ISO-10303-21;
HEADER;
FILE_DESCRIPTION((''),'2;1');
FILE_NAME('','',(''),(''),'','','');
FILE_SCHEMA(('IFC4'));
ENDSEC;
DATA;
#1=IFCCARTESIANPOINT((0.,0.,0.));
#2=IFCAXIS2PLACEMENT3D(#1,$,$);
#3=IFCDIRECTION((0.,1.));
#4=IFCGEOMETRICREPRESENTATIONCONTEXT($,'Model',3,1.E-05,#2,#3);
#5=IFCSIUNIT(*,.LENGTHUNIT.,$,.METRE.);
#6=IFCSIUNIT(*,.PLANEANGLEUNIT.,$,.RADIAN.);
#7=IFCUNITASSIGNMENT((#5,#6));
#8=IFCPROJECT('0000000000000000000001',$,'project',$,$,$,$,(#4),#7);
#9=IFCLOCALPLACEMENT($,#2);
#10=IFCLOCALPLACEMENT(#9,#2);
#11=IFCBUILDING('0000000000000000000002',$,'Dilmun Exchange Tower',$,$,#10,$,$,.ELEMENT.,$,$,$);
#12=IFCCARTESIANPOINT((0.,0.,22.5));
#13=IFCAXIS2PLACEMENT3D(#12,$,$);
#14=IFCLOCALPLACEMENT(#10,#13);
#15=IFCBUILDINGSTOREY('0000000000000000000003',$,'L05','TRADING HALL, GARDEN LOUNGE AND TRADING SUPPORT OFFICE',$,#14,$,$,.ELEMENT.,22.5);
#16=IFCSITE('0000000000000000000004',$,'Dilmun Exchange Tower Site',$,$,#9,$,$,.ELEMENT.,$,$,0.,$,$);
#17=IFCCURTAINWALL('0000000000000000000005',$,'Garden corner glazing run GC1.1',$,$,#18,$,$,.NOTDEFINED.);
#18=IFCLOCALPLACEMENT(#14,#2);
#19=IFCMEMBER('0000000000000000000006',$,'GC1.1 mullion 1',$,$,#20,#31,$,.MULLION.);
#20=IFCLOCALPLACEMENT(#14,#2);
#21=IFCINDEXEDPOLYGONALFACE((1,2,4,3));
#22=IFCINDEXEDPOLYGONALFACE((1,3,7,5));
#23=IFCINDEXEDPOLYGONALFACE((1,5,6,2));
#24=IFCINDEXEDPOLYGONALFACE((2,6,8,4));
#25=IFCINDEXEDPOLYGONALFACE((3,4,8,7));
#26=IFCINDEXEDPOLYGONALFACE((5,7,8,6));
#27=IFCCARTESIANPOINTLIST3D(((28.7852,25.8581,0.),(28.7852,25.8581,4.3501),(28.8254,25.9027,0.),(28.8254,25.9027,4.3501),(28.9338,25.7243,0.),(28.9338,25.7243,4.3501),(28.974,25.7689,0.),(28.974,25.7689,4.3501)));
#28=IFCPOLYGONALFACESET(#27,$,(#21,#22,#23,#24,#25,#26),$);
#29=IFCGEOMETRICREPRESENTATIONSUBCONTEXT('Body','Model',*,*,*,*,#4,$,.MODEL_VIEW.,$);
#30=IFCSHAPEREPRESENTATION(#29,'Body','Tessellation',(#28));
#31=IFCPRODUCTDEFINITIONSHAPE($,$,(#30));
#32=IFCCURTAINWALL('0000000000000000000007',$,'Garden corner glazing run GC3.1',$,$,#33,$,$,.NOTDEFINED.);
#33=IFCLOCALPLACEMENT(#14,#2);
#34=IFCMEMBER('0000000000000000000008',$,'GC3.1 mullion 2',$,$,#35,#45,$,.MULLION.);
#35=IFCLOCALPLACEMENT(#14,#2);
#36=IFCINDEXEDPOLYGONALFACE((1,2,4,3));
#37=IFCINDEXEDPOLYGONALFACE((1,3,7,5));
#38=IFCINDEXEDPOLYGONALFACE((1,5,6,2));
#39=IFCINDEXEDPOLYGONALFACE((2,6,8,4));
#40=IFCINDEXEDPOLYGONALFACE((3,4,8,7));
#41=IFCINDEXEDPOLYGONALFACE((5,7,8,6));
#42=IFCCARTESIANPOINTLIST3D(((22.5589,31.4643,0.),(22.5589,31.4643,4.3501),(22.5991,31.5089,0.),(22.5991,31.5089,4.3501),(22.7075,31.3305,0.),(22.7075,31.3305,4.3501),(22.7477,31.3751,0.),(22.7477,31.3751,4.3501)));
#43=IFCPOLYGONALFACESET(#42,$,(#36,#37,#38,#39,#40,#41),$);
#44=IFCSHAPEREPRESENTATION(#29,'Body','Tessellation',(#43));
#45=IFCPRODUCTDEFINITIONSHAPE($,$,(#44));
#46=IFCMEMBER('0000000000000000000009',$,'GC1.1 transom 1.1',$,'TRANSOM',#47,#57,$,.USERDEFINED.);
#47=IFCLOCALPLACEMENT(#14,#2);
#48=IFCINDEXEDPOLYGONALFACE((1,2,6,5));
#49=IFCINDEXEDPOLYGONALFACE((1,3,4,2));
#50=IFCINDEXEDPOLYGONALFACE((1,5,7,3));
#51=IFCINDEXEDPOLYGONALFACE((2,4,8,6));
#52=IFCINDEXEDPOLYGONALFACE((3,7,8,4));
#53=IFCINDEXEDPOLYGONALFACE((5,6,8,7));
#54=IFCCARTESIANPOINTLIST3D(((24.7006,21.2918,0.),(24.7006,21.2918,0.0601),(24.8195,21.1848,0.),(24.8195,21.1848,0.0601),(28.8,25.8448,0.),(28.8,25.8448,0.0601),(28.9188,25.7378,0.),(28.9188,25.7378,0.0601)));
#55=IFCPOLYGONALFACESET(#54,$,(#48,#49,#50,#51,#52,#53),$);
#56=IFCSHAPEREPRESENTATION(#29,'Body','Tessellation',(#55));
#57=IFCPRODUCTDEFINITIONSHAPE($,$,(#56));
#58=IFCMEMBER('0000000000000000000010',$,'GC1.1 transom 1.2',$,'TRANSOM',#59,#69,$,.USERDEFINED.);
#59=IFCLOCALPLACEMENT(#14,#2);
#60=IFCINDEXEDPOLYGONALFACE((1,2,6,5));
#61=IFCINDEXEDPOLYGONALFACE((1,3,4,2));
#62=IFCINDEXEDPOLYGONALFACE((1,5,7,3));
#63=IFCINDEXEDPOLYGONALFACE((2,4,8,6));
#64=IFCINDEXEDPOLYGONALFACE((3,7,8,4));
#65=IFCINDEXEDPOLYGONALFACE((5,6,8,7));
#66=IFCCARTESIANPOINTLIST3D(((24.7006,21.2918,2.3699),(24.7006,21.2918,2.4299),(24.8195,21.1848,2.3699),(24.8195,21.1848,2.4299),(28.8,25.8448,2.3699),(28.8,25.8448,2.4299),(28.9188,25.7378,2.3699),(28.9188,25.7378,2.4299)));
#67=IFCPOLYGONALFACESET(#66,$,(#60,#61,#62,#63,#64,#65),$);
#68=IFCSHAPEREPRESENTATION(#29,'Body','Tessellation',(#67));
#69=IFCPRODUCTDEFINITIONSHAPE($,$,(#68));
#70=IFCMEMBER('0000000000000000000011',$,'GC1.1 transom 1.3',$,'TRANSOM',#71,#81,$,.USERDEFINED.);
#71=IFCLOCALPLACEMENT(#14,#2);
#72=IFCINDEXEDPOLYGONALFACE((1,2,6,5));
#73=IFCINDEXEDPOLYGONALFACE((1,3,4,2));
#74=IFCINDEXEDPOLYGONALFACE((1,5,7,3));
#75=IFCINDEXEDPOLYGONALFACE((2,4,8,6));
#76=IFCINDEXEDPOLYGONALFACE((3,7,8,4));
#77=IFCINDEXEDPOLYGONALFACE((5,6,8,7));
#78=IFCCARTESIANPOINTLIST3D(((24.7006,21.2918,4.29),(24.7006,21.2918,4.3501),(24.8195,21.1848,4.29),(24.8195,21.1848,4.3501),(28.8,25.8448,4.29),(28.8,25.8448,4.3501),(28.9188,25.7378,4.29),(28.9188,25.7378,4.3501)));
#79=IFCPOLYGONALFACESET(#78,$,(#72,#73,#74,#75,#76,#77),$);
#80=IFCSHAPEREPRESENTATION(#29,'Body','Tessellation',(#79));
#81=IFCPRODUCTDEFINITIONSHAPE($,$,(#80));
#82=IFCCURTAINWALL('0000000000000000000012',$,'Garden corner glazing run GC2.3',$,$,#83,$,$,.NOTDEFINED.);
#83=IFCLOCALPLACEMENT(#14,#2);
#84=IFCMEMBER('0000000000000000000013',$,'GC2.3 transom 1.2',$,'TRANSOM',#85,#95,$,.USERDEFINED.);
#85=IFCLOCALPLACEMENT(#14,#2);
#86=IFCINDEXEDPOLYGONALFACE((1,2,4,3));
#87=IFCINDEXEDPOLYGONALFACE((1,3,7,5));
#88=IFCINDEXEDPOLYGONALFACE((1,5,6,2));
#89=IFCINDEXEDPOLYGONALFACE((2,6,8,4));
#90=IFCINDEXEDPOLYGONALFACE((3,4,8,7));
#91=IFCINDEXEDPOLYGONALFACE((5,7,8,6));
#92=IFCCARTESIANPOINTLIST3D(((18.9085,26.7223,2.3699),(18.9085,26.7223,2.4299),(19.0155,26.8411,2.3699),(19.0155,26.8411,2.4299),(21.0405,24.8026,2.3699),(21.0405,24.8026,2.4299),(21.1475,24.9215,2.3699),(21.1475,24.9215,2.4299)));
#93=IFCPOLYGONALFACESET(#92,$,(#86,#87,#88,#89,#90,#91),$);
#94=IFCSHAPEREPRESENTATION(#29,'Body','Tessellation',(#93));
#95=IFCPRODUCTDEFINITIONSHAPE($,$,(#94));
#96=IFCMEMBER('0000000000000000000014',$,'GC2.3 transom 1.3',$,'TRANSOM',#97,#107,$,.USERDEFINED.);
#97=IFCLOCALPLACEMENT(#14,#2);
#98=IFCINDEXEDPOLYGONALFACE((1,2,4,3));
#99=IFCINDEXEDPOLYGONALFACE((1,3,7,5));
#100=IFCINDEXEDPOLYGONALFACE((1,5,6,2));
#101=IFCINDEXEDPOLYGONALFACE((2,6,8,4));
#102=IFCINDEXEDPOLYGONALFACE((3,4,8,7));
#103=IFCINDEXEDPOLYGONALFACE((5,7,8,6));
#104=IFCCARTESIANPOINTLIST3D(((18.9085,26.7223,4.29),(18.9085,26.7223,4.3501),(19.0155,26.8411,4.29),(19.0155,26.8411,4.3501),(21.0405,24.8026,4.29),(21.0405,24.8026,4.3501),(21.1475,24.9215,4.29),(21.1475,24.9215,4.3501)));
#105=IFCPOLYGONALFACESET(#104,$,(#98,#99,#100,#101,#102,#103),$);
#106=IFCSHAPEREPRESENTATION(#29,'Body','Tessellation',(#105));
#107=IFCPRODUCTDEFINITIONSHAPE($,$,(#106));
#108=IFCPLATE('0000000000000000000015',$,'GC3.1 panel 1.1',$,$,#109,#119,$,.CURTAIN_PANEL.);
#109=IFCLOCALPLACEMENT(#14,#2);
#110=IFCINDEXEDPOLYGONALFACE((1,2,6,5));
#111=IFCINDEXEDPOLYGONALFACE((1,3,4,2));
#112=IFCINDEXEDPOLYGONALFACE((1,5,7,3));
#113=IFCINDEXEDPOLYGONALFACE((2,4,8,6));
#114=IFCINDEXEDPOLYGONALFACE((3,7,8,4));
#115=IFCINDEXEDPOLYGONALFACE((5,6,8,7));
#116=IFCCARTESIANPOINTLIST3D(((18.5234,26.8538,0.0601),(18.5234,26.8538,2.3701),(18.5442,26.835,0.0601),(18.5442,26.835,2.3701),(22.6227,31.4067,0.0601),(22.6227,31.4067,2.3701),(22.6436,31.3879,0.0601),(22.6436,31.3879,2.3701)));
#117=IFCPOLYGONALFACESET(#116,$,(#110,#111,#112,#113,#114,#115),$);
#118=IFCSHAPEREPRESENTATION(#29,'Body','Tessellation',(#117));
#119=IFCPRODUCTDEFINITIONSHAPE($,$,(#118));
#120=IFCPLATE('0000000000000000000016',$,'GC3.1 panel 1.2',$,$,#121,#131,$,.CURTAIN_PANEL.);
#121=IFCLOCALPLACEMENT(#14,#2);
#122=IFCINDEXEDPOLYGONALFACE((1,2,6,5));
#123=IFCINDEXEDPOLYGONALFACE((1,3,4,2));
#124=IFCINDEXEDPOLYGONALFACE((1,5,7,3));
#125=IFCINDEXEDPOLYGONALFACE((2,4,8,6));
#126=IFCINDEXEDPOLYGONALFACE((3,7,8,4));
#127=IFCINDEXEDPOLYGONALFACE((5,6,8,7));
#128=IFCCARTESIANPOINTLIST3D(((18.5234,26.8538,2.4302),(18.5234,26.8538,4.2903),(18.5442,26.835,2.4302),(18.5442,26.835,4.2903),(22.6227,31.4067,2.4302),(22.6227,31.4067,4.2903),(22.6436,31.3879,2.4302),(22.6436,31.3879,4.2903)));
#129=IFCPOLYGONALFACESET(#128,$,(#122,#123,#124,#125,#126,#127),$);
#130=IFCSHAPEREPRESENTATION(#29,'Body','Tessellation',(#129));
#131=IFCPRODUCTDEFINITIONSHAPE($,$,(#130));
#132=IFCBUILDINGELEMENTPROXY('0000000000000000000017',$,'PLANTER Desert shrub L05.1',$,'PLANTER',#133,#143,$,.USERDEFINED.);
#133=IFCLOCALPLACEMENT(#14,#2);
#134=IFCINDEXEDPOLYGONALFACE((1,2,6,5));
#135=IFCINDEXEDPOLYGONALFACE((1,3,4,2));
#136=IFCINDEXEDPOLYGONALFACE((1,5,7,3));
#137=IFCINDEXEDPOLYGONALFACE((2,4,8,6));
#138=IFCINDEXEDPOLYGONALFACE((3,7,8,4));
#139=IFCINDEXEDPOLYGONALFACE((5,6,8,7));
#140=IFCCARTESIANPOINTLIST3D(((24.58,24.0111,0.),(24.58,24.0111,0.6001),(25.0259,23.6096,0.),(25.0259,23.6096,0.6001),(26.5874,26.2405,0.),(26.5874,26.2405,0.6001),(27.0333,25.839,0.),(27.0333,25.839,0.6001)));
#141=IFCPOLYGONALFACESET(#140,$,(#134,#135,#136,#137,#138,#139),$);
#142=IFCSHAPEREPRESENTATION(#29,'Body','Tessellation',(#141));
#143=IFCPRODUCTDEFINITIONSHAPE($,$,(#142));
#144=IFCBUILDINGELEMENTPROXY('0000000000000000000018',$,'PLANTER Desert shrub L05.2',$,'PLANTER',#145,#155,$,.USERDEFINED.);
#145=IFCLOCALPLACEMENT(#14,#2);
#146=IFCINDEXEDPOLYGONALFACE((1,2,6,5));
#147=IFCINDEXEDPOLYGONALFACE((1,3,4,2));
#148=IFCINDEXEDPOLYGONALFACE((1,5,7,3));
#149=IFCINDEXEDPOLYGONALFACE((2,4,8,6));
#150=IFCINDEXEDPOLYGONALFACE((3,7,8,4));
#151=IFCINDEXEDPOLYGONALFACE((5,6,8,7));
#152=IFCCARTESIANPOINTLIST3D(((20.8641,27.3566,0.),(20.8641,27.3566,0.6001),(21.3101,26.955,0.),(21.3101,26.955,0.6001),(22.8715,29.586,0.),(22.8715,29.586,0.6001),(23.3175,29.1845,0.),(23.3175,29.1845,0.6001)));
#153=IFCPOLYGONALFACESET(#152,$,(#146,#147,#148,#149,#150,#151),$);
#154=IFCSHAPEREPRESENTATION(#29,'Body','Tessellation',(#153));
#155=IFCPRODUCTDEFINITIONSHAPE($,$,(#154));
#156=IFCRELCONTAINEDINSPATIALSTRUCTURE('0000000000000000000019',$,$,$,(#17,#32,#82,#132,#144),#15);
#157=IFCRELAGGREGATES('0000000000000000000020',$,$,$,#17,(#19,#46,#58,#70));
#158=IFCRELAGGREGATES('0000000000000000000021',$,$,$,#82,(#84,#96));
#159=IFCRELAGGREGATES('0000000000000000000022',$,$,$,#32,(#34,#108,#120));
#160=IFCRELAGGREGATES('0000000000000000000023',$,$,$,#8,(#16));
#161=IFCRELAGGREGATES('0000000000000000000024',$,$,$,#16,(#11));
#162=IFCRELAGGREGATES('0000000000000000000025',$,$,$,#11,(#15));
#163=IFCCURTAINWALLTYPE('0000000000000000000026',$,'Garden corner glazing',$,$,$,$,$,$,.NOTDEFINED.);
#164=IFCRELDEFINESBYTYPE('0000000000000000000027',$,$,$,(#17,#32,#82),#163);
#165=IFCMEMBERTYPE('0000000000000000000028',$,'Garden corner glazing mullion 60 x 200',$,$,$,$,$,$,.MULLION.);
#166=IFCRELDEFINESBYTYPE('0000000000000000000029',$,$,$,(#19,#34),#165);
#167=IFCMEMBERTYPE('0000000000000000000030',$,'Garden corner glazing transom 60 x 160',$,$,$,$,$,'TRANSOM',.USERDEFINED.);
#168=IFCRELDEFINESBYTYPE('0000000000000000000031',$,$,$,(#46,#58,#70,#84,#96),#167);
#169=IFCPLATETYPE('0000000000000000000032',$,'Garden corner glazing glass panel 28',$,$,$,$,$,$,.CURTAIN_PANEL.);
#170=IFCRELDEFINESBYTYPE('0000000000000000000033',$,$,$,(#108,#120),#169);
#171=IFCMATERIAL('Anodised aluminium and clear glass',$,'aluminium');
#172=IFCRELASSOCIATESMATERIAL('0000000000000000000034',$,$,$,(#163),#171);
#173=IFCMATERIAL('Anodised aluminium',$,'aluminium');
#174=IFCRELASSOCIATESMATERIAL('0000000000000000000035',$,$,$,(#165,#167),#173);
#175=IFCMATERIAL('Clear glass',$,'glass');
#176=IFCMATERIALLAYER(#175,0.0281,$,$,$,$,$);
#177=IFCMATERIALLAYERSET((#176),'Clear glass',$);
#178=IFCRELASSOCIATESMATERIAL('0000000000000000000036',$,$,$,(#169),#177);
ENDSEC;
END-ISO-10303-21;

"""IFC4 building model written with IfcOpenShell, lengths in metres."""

from ifc_helpers import new_model, si_unit, direction, frame, origin, origin_2d, place, context, subcontext, project, spatial, rectangle, extrude, material, layer, layer_set, material_profile, profile_set, type_object, element, aggregate, save


model = new_model("IFC4")

# Units and contexts
model_context = context("Model", 3, precision=1e-05, world=origin(), true_north=direction((0.0, 1.0)))
body_context = subcontext(model_context, "Body", "Model", "MODEL_VIEW")
ifc_project = project(units=[si_unit("LENGTHUNIT", "METRE"), si_unit("PLANEANGLEUNIT", "RADIAN")], contexts=[model_context])

# Site, building, storey
site_placement = place(None, origin())
site = spatial("IfcSite", under=ifc_project, at=site_placement, Name="Dilmun Exchange Tower Site", CompositionType="ELEMENT", RefElevation=0.0)
building_placement = place(site_placement, origin())
building = spatial("IfcBuilding", under=site, at=building_placement, Name="Dilmun Exchange Tower", CompositionType="ELEMENT")
storey_placement = place(building_placement, frame((0.0, 0.0, 22.5)))
storey = spatial("IfcBuildingStorey", under=building, at=storey_placement, Name="L05", Description="TRADING HALL, GARDEN LOUNGE AND TRADING SUPPORT OFFICE", CompositionType="ELEMENT", Elevation=22.5)

# Curtain walls, members
ifc_material_1 = material(Name="Anodised aluminium and clear glass", Category="aluminium")
curtain_wall_type = type_object("IfcCurtainWallType", Name="Garden corner glazing", PredefinedType="NOTDEFINED", material=ifc_material_1)
curtain_wall_1_placement = place(storey_placement, origin())
curtain_wall_1 = element("IfcCurtainWall", 1, at=curtain_wall_1_placement, inside=storey, type_object=curtain_wall_type, Name="Garden corner glazing run GC1.1", PredefinedType="NOTDEFINED")
ifc_material_2 = material(Name="Anodised aluminium", Category="aluminium")
ifc_material_profile_1 = material_profile(ifc_material_2, rectangle(XDim=0.2, YDim=0.0601, at=origin_2d()), Name="AL 60x200")
ifc_profile_set_1 = profile_set([ifc_material_profile_1], Name="Anodised aluminium")
member_type_1 = type_object("IfcMemberType", Name="Garden corner glazing mullion 60 x 200", PredefinedType="MULLION", material=ifc_profile_set_1)
member_1_placement = place(storey_placement, frame((28.8796, 25.8135, 0.0), z_axis=(0.0, 0.0, 1.0), x_axis=(0.74315, -0.669125, 0.0)))
member_1 = element("IfcMember", 2, at=member_1_placement, type_object=member_type_1, Name="GC1.1 mullion 1", PredefinedType="MULLION", context=body_context, shape_type="SweptSolid", body=[
    extrude(rectangle(XDim=0.2, YDim=0.0601, at=origin_2d()), origin(), (0.0, 0.0, 1.0), 4.3501),
])
curtain_wall_2_placement = place(storey_placement, origin())
curtain_wall_2 = element("IfcCurtainWall", 3, at=curtain_wall_2_placement, inside=storey, type_object=curtain_wall_type, Name="Garden corner glazing run GC3.1", PredefinedType="NOTDEFINED")
member_2_placement = place(storey_placement, frame((22.6533, 31.4197, 0.0), z_axis=(0.0, 0.0, 1.0), x_axis=(-0.74315, 0.669125, 0.0)))
member_2 = element("IfcMember", 4, at=member_2_placement, type_object=member_type_1, Name="GC3.1 mullion 2", PredefinedType="MULLION", context=body_context, shape_type="SweptSolid", body=[
    extrude(rectangle(XDim=0.2, YDim=0.0601, at=origin_2d()), origin(), (0.0, 0.0, 1.0), 4.3501),
])

# Members
ifc_material_profile_2 = material_profile(ifc_material_2, rectangle(XDim=0.1599, YDim=0.0601, at=origin_2d()), Name="AL 60x160")
ifc_profile_set_2 = profile_set([ifc_material_profile_2], Name="Anodised aluminium")
member_type_2 = type_object("IfcMemberType", Name="Garden corner glazing transom 60 x 160", ElementType="TRANSOM", PredefinedType="USERDEFINED", material=ifc_profile_set_2)
member_3_placement = place(storey_placement, frame((28.8594, 25.7913, 0.03), z_axis=(-0.669117, -0.743157, 0.0), x_axis=(0.743157, -0.669117, 0.0)))
member_3 = element("IfcMember", 5, at=member_3_placement, type_object=member_type_2, Name="GC1.1 transom 1.1", ObjectType="TRANSOM", PredefinedType="USERDEFINED", context=body_context, shape_type="SweptSolid", body=[
    extrude(rectangle(XDim=0.1599, YDim=0.0601, at=origin_2d()), origin(), (0.0, 0.0, 1.0), 6.1265),
])
member_4_placement = place(storey_placement, frame((28.8594, 25.7913, 2.3999), z_axis=(-0.669117, -0.743157, 0.0), x_axis=(0.743157, -0.669117, 0.0)))
member_4 = element("IfcMember", 6, at=member_4_placement, type_object=member_type_2, Name="GC1.1 transom 1.2", ObjectType="TRANSOM", PredefinedType="USERDEFINED", context=body_context, shape_type="SweptSolid", body=[
    extrude(rectangle(XDim=0.1599, YDim=0.0601, at=origin_2d()), origin(), (0.0, 0.0, 1.0), 6.1265),
])
member_5_placement = place(storey_placement, frame((28.8594, 25.7913, 4.3201), z_axis=(-0.669117, -0.743157, 0.0), x_axis=(0.743157, -0.669117, 0.0)))
member_5 = element("IfcMember", 7, at=member_5_placement, type_object=member_type_2, Name="GC1.1 transom 1.3", ObjectType="TRANSOM", PredefinedType="USERDEFINED", context=body_context, shape_type="SweptSolid", body=[
    extrude(rectangle(XDim=0.1599, YDim=0.0601, at=origin_2d()), origin(), (0.0, 0.0, 1.0), 6.1265),
])
aggregate(curtain_wall_1, [member_1, member_3, member_4, member_5])

# Curtain wall, members
curtain_wall_3_placement = place(storey_placement, origin())
curtain_wall_3 = element("IfcCurtainWall", 8, at=curtain_wall_3_placement, inside=storey, type_object=curtain_wall_type, Name="Garden corner glazing run GC2.3", PredefinedType="NOTDEFINED")
member_6_placement = place(storey_placement, frame((21.094, 24.8621, 2.3999), z_axis=(-0.743154, 0.66912, 0.0), x_axis=(-0.66912, -0.743154, 0.0)))
member_6 = element("IfcMember", 9, at=member_6_placement, type_object=member_type_2, Name="GC2.3 transom 1.2", ObjectType="TRANSOM", PredefinedType="USERDEFINED", context=body_context, shape_type="SweptSolid", body=[
    extrude(rectangle(XDim=0.1599, YDim=0.0601, at=origin_2d()), origin(), (0.0, 0.0, 1.0), 2.8689),
])
member_7_placement = place(storey_placement, frame((21.094, 24.8621, 4.3201), z_axis=(-0.743154, 0.66912, 0.0), x_axis=(-0.66912, -0.743154, 0.0)))
member_7 = element("IfcMember", 10, at=member_7_placement, type_object=member_type_2, Name="GC2.3 transom 1.3", ObjectType="TRANSOM", PredefinedType="USERDEFINED", context=body_context, shape_type="SweptSolid", body=[
    extrude(rectangle(XDim=0.1599, YDim=0.0601, at=origin_2d()), origin(), (0.0, 0.0, 1.0), 2.8689),
])
aggregate(curtain_wall_3, [member_6, member_7])

# Plates
ifc_material_3 = material(Name="Clear glass", Category="glass")
ifc_layer_1 = layer(ifc_material_3, 0.0281)
ifc_layer_set_1 = layer_set([ifc_layer_1], Name="Clear glass")
plate_type = type_object("IfcPlateType", Name="Garden corner glazing glass panel 28", PredefinedType="CURTAIN_PANEL", material=ifc_layer_set_1)
plate_1_placement = place(storey_placement, frame((20.5835, 29.1208, 0.0601), z_axis=(0.0, 0.0, 1.0), x_axis=(0.669125, 0.74315, 0.0)))
plate_1 = element("IfcPlate", 11, at=plate_1_placement, type_object=plate_type, Name="GC3.1 panel 1.1", PredefinedType="CURTAIN_PANEL", context=body_context, shape_type="SweptSolid", body=[
    extrude(rectangle(XDim=6.1265, YDim=0.0281, at=origin_2d()), origin(), (0.0, 0.0, 1.0), 2.3101),
])
plate_2_placement = place(storey_placement, frame((20.5835, 29.1208, 2.4302), z_axis=(0.0, 0.0, 1.0), x_axis=(0.669125, 0.74315, 0.0)))
plate_2 = element("IfcPlate", 12, at=plate_2_placement, type_object=plate_type, Name="GC3.1 panel 1.2", PredefinedType="CURTAIN_PANEL", context=body_context, shape_type="SweptSolid", body=[
    extrude(rectangle(XDim=6.1265, YDim=0.0281, at=origin_2d()), origin(), (0.0, 0.0, 1.0), 1.8601),
])
aggregate(curtain_wall_2, [member_2, plate_1, plate_2])

# Building element proxies
for number, where, z_axis, x_axis, name in (
    (13, (25.8066, 24.925, 0.0), (0.0, 0.0, 1.0), (0.669131, 0.743145, 0.0), "PLANTER Desert shrub L05.1"),
    (14, (22.0908, 28.2705, 0.0), (0.0, 0.0, 1.0), (0.669131, 0.743145, 0.0), "PLANTER Desert shrub L05.2"),
):
    element("IfcBuildingElementProxy", number, at=place(storey_placement, frame(where, z_axis=z_axis, x_axis=x_axis)), inside=storey, Name=name, ObjectType="PLANTER", PredefinedType="USERDEFINED", context=body_context, shape_type="SweptSolid", body=[
        extrude(rectangle(XDim=3.0, YDim=0.6001, at=origin_2d()), origin(), (0.0, 0.0, 1.0), 0.6001),
    ])

save(model, "model.ifc")
